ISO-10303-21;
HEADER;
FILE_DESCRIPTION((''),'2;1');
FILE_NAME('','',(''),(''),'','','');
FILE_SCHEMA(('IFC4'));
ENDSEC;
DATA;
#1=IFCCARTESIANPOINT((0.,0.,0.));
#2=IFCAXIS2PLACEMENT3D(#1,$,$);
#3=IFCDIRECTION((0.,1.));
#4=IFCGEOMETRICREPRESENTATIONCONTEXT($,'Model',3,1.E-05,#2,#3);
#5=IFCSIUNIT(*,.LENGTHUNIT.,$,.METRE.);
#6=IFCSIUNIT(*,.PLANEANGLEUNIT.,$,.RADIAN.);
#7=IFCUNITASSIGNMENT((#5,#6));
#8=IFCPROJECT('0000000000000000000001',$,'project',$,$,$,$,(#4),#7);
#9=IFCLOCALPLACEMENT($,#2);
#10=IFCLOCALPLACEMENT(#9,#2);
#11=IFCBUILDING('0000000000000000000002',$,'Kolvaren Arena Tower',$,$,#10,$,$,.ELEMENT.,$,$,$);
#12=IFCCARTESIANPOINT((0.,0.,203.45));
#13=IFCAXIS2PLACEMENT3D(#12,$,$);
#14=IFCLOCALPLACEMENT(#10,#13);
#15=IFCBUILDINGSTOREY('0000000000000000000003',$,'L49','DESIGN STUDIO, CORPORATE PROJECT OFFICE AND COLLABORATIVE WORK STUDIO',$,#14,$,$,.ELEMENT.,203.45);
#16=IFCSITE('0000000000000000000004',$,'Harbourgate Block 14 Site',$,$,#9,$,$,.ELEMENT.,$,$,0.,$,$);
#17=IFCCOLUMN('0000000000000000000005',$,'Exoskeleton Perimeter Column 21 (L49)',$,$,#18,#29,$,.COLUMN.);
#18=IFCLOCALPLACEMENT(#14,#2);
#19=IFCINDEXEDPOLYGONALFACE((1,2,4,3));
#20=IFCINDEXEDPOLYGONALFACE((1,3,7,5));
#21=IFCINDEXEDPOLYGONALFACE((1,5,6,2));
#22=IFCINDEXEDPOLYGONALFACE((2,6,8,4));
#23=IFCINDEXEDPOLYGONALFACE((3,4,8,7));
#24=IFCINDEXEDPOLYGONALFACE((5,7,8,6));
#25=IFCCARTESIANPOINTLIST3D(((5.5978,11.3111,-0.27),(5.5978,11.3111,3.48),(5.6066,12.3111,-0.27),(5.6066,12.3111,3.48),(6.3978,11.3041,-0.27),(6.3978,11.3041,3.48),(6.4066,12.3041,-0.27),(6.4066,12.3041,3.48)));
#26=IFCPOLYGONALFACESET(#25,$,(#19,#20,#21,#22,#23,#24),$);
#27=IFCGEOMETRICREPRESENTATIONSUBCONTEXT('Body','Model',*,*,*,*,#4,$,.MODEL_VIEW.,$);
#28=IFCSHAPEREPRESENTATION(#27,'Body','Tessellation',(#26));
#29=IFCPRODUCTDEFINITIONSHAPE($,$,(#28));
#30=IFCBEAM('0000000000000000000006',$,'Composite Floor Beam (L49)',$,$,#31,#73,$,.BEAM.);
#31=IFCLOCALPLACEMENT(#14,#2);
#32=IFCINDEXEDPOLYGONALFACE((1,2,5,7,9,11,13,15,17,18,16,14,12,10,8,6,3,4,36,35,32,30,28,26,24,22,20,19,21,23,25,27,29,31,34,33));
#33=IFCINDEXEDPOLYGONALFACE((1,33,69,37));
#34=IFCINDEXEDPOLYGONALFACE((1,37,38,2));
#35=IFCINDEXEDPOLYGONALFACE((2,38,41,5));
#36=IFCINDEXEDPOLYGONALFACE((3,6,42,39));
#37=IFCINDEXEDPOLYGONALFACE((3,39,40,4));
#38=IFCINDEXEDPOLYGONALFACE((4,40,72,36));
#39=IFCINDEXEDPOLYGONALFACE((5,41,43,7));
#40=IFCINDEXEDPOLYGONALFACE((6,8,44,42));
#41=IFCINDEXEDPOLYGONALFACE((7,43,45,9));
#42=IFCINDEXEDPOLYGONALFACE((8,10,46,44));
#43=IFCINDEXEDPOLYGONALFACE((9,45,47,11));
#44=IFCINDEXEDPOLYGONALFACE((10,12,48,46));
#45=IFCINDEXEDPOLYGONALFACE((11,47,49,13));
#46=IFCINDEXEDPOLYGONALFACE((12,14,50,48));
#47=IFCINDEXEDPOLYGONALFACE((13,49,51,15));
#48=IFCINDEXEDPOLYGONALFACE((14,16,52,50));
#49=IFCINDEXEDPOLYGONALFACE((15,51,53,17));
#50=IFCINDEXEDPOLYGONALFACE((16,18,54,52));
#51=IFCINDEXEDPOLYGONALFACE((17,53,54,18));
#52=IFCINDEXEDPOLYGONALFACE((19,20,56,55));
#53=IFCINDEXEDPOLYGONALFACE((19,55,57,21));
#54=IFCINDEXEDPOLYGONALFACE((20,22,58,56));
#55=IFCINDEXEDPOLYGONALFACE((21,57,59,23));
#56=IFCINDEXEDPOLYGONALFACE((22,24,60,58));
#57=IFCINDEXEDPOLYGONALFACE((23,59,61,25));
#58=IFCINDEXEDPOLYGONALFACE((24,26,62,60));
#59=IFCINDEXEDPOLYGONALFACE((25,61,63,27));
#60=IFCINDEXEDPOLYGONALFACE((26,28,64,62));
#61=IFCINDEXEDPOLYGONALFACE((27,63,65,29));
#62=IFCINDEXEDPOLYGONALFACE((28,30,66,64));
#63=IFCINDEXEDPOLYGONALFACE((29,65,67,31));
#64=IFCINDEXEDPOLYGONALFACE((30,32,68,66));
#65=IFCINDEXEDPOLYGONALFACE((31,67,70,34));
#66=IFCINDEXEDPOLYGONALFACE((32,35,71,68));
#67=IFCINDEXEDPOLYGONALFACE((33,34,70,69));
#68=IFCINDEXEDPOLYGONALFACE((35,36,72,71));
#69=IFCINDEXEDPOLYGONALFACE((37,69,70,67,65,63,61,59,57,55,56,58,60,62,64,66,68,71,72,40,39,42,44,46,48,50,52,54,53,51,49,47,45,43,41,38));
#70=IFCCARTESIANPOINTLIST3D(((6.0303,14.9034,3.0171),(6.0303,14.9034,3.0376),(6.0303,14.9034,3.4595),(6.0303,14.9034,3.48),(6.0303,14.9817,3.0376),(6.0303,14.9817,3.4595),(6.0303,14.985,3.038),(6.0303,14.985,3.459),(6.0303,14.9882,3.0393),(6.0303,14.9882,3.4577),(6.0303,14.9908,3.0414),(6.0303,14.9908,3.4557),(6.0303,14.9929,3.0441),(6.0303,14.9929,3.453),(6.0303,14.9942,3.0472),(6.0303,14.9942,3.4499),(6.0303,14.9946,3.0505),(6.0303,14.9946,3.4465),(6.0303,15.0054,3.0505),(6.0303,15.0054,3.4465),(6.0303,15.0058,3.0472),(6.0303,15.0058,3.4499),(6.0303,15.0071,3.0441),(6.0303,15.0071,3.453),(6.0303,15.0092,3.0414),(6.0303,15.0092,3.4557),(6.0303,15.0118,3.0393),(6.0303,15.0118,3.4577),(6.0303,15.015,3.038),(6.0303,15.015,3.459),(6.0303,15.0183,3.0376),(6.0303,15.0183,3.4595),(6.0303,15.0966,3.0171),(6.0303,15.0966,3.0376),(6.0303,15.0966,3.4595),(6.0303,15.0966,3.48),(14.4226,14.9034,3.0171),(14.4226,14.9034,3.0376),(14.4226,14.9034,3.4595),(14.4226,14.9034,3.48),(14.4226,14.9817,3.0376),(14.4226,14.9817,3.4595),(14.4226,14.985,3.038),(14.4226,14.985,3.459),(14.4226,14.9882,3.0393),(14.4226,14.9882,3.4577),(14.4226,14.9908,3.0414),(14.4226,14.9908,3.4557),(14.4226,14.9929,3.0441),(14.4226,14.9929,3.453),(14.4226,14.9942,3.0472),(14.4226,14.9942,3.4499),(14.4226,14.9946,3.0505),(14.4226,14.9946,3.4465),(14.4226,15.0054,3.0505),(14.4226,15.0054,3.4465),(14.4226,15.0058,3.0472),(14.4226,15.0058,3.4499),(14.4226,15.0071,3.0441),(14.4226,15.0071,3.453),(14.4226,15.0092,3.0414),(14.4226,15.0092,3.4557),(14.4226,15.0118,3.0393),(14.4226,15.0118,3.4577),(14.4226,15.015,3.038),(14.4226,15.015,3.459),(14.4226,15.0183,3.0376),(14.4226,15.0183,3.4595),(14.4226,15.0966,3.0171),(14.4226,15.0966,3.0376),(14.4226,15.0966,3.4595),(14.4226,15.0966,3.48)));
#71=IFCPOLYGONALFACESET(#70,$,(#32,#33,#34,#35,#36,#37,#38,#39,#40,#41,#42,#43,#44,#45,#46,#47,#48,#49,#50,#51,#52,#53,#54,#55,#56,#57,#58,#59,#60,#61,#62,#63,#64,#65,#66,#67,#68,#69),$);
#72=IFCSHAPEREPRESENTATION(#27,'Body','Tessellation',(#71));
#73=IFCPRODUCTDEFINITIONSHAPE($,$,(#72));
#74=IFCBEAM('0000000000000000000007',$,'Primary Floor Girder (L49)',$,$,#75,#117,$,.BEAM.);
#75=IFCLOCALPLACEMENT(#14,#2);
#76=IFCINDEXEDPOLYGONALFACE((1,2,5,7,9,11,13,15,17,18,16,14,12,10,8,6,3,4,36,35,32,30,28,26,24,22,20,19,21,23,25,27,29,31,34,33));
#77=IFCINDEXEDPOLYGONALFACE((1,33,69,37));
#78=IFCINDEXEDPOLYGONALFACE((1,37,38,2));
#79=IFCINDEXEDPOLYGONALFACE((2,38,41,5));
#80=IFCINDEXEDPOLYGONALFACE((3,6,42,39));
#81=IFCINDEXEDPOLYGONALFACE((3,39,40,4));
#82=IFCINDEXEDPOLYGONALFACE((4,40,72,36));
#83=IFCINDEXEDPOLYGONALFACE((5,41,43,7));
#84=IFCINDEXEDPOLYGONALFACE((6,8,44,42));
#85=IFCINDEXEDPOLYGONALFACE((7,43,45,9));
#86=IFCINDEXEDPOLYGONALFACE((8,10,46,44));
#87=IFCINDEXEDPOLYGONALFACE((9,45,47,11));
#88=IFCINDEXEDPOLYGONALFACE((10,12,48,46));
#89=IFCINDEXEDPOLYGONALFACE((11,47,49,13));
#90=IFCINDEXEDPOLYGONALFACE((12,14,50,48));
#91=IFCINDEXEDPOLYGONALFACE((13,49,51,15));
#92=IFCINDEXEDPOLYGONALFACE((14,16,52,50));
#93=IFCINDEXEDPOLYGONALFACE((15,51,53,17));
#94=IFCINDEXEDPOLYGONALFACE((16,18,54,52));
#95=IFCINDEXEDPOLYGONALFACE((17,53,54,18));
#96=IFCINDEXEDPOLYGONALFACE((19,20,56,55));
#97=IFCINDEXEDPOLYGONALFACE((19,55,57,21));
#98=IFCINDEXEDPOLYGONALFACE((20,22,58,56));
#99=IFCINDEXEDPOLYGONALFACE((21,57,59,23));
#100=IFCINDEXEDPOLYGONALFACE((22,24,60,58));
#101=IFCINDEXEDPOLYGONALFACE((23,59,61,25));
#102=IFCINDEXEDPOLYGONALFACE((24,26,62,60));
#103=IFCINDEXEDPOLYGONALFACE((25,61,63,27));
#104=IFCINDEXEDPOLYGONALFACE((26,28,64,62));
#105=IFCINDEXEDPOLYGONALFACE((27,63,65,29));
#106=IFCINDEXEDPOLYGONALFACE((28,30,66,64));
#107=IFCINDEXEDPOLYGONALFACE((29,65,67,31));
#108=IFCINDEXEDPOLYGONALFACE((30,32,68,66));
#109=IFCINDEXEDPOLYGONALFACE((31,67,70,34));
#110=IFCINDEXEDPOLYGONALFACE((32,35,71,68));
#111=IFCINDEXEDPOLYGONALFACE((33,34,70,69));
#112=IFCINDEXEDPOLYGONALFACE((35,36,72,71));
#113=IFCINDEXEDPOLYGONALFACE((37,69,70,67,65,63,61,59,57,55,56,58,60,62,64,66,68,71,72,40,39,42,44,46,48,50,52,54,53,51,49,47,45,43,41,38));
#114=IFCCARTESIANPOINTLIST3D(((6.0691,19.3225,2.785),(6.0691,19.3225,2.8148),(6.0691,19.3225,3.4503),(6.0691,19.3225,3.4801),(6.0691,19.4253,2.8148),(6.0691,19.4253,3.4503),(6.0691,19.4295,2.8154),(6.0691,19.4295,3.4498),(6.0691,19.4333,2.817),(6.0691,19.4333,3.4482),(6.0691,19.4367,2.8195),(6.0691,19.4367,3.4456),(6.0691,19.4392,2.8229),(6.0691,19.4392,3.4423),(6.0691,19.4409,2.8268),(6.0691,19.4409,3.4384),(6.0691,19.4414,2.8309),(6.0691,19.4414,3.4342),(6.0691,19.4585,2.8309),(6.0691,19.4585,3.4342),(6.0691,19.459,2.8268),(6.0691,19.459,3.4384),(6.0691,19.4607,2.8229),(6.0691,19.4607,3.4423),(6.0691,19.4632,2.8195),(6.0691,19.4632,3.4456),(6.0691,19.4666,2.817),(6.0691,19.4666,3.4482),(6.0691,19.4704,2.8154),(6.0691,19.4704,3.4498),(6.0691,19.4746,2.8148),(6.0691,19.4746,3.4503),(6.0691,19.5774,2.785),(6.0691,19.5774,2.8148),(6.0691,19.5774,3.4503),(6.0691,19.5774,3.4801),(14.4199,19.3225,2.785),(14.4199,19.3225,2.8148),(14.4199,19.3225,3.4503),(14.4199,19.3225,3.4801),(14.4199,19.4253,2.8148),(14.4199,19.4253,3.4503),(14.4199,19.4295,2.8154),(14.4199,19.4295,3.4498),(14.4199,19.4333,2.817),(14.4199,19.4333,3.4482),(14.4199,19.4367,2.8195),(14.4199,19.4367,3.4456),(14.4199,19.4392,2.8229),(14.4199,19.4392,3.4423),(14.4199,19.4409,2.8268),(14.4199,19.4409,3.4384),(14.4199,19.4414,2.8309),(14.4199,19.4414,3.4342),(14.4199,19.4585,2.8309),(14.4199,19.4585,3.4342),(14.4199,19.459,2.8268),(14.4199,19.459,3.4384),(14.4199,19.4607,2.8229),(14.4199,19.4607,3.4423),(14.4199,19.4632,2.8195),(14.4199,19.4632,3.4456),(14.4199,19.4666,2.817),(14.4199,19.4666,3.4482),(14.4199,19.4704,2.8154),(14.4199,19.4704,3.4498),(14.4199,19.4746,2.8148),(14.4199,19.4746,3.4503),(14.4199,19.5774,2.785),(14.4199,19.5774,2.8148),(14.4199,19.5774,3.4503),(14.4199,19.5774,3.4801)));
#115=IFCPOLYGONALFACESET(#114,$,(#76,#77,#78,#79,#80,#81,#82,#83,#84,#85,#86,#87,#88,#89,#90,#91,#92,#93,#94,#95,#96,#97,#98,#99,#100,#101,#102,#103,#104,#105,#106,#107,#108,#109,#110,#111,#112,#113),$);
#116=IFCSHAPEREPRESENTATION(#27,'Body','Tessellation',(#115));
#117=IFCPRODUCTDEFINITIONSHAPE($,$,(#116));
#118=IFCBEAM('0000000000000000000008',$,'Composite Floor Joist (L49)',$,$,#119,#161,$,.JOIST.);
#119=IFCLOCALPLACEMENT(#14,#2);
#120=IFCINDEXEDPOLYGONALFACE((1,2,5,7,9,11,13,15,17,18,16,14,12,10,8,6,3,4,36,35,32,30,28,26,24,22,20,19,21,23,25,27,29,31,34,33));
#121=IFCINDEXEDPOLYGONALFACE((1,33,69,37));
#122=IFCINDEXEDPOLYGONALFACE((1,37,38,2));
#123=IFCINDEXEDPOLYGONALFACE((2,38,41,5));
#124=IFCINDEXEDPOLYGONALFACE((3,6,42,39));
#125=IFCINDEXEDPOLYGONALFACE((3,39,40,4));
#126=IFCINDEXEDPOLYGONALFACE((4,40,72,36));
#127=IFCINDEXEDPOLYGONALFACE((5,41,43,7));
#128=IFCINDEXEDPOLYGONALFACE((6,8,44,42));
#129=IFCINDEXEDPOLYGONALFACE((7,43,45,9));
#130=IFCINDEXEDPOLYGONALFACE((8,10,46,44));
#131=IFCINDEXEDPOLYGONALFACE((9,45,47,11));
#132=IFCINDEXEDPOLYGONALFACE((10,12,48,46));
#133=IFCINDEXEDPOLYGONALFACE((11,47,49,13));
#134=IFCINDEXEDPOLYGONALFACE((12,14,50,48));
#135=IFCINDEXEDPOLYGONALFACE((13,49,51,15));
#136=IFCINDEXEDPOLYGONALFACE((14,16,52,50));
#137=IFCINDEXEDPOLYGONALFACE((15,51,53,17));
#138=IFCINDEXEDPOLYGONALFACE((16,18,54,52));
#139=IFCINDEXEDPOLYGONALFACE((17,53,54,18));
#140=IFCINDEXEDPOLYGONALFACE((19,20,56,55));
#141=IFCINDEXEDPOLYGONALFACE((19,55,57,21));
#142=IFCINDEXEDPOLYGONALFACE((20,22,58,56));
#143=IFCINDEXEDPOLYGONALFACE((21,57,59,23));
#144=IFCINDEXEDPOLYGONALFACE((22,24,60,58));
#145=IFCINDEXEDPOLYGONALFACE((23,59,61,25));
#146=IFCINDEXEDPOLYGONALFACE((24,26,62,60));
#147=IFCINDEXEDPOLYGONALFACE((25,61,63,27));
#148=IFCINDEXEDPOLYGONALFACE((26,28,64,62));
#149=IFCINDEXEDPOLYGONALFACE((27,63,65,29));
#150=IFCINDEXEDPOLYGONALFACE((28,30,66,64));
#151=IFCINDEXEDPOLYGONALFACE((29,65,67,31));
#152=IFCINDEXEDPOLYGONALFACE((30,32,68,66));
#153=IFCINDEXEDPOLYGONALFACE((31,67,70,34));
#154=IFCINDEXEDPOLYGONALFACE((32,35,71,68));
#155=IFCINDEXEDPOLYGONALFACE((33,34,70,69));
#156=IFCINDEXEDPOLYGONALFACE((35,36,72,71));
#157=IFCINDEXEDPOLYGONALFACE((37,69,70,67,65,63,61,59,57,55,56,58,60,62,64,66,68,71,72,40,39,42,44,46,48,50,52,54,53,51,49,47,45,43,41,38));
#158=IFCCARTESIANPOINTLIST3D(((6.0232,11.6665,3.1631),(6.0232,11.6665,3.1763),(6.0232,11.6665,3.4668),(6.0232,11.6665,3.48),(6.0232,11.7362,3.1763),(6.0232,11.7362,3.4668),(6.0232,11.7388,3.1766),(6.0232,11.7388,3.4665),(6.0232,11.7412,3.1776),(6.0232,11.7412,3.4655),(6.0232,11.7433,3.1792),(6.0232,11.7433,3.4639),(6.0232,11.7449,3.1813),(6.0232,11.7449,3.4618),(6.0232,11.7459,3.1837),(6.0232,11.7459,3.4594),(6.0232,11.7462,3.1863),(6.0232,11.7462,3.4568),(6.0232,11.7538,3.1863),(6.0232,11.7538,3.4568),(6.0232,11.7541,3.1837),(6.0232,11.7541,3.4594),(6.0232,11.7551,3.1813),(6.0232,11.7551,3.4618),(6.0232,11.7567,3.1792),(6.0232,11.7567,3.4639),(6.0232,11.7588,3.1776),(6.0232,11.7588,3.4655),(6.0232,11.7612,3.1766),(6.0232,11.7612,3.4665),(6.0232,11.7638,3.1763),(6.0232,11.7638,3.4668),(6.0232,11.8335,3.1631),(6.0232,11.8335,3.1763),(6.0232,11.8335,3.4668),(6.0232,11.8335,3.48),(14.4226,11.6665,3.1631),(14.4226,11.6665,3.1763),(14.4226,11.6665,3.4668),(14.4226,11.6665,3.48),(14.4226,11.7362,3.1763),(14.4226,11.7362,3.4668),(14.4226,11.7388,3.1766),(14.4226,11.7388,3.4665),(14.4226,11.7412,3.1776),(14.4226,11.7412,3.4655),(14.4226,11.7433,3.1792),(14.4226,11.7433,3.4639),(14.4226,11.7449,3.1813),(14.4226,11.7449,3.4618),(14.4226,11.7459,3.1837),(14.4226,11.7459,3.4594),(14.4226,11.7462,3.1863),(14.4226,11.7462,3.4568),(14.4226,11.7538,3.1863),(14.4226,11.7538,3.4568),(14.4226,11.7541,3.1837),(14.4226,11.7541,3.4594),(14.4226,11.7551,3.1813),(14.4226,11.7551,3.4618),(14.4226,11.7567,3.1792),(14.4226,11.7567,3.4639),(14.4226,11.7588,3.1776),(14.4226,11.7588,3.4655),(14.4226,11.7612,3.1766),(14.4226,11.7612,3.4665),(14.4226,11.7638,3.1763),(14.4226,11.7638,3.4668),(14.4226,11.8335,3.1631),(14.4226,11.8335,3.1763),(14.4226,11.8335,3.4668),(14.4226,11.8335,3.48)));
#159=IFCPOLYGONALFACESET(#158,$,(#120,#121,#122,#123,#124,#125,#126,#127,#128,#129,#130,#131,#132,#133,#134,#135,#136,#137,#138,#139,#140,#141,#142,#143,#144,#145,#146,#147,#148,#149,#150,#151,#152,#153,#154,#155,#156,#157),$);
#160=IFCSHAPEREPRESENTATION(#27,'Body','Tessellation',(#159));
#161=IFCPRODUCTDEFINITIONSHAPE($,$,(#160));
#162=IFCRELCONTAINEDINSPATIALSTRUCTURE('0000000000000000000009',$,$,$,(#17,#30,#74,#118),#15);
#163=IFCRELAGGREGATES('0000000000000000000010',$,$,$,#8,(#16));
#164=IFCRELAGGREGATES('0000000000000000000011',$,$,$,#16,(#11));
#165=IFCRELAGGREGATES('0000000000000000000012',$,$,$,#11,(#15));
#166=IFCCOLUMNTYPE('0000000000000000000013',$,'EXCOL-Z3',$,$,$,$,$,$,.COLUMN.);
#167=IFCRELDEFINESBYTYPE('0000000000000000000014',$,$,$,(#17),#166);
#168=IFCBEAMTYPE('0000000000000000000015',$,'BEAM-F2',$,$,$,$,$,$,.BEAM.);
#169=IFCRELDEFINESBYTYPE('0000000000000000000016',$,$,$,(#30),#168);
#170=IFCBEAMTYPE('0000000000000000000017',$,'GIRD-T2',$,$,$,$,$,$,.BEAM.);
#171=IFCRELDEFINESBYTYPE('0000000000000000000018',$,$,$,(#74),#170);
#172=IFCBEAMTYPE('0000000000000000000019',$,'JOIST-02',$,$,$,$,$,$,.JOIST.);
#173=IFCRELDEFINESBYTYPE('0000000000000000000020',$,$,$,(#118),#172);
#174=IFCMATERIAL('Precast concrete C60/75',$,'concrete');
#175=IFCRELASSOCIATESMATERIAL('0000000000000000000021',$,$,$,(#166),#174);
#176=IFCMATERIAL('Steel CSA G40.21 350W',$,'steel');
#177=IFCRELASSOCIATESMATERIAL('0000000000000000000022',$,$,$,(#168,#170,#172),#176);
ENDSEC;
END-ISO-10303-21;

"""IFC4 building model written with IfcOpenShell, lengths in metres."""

from ifc_helpers import new_model, si_unit, direction, frame, origin, origin_2d, place, context, subcontext, project, spatial, rectangle, i_section, extrude, material, material_profile, profile_set, type_object, element, save


model = new_model("IFC4")

# Units and contexts
model_context = context("Model", 3, precision=1e-05, world=origin(), true_north=direction((0.0, 1.0)))
body_context = subcontext(model_context, "Body", "Model", "MODEL_VIEW")
ifc_project = project(units=[si_unit("LENGTHUNIT", "METRE"), si_unit("PLANEANGLEUNIT", "RADIAN")], contexts=[model_context])

# Site, building, storey
site_placement = place(None, origin())
site = spatial("IfcSite", under=ifc_project, at=site_placement, Name="Harbourgate Block 14 Site", CompositionType="ELEMENT", RefElevation=0.0)
building_placement = place(site_placement, origin())
building = spatial("IfcBuilding", under=site, at=building_placement, Name="Kolvaren Arena Tower", CompositionType="ELEMENT")
storey_placement = place(building_placement, frame((0.0, 0.0, 203.45)))
storey = spatial("IfcBuildingStorey", under=building, at=storey_placement, Name="L49", Description="DESIGN STUDIO, CORPORATE PROJECT OFFICE AND COLLABORATIVE WORK STUDIO", CompositionType="ELEMENT", Elevation=203.45)

# Column
ifc_material_1 = material(Name="Precast concrete C60/75", Category="concrete")
ifc_material_profile_1 = material_profile(ifc_material_1, rectangle(XDim=1.0, YDim=0.8, at=origin_2d()), Name="RC-1000x800")
ifc_profile_set_1 = profile_set([ifc_material_profile_1], Name="Precast concrete C60/75")
column_type = type_object("IfcColumnType", Name="EXCOL-Z3", PredefinedType="COLUMN", material=ifc_profile_set_1)
column_placement = place(storey_placement, frame((6.0022, 11.8076, -0.27), z_axis=(0.0, 0.0, 1.0), x_axis=(0.008727, 0.999962, 0.0)))
element("IfcColumn", 1, at=column_placement, inside=storey, type_object=column_type, Name="Exoskeleton Perimeter Column 21 (L49)", PredefinedType="COLUMN", context=body_context, shape_type="SweptSolid", body=[
    extrude(rectangle(XDim=1.0, YDim=0.8, at=origin_2d()), origin(), (0.0, 0.0, 1.0), 3.75),
])

# Beams
ifc_material_2 = material(Name="Steel CSA G40.21 350W", Category="steel")
ifc_material_profile_2 = material_profile(ifc_material_2, i_section(OverallWidth=0.1931, OverallDepth=0.4629, WebThickness=0.0107, FlangeThickness=0.0205, FilletRadius=0.0129, at=origin_2d()), Name="W460x113")
ifc_profile_set_2 = profile_set([ifc_material_profile_2], Name="Steel CSA G40.21 350W")
beam_type_1 = type_object("IfcBeamType", Name="BEAM-F2", PredefinedType="BEAM", material=ifc_profile_set_2)
beam_1_placement = place(storey_placement, frame((6.0303, 15.0, 3.2485), z_axis=(1.0, 0.0, 0.0), x_axis=(0.0, 1.0, 0.0)))
element("IfcBeam", 2, at=beam_1_placement, inside=storey, type_object=beam_type_1, Name="Composite Floor Beam (L49)", PredefinedType="BEAM", context=body_context, shape_type="SweptSolid", body=[
    extrude(i_section(OverallWidth=0.1931, OverallDepth=0.4629, WebThickness=0.0107, FlangeThickness=0.0205, FilletRadius=0.0129, at=origin_2d()), origin(), (0.0, 0.0, 1.0), 8.3923),
])
ifc_material_profile_3 = material_profile(ifc_material_2, i_section(OverallWidth=0.2549, OverallDepth=0.6951, WebThickness=0.0171, FlangeThickness=0.0298, FilletRadius=0.0161, at=origin_2d()), Name="W690x217")
ifc_profile_set_3 = profile_set([ifc_material_profile_3], Name="Steel CSA G40.21 350W")
beam_type_2 = type_object("IfcBeamType", Name="GIRD-T2", PredefinedType="BEAM", material=ifc_profile_set_3)
beam_2_placement = place(storey_placement, frame((6.0691, 19.45, 3.1326), z_axis=(1.0, 0.0, 0.0), x_axis=(0.0, 1.0, 0.0)))
element("IfcBeam", 3, at=beam_2_placement, inside=storey, type_object=beam_type_2, Name="Primary Floor Girder (L49)", PredefinedType="BEAM", context=body_context, shape_type="SweptSolid", body=[
    extrude(i_section(OverallWidth=0.2549, OverallDepth=0.6951, WebThickness=0.0171, FlangeThickness=0.0298, FilletRadius=0.0161, at=origin_2d()), origin(), (0.0, 0.0, 1.0), 8.3508),
])
ifc_material_profile_4 = material_profile(ifc_material_2, i_section(OverallWidth=0.167, OverallDepth=0.3169, WebThickness=0.0076, FlangeThickness=0.0132, FilletRadius=0.01, at=origin_2d()), Name="W310x52")
ifc_profile_set_4 = profile_set([ifc_material_profile_4], Name="Steel CSA G40.21 350W")
beam_type_3 = type_object("IfcBeamType", Name="JOIST-02", PredefinedType="JOIST", material=ifc_profile_set_4)
beam_3_placement = place(storey_placement, frame((6.0232, 11.75, 3.3215), z_axis=(1.0, 0.0, 0.0), x_axis=(0.0, 1.0, 0.0)))
element("IfcBeam", 4, at=beam_3_placement, inside=storey, type_object=beam_type_3, Name="Composite Floor Joist (L49)", PredefinedType="JOIST", context=body_context, shape_type="SweptSolid", body=[
    extrude(i_section(OverallWidth=0.167, OverallDepth=0.3169, WebThickness=0.0076, FlangeThickness=0.0132, FilletRadius=0.01, at=origin_2d()), origin(), (0.0, 0.0, 1.0), 8.3994),
])

save(model, "model.ifc")
